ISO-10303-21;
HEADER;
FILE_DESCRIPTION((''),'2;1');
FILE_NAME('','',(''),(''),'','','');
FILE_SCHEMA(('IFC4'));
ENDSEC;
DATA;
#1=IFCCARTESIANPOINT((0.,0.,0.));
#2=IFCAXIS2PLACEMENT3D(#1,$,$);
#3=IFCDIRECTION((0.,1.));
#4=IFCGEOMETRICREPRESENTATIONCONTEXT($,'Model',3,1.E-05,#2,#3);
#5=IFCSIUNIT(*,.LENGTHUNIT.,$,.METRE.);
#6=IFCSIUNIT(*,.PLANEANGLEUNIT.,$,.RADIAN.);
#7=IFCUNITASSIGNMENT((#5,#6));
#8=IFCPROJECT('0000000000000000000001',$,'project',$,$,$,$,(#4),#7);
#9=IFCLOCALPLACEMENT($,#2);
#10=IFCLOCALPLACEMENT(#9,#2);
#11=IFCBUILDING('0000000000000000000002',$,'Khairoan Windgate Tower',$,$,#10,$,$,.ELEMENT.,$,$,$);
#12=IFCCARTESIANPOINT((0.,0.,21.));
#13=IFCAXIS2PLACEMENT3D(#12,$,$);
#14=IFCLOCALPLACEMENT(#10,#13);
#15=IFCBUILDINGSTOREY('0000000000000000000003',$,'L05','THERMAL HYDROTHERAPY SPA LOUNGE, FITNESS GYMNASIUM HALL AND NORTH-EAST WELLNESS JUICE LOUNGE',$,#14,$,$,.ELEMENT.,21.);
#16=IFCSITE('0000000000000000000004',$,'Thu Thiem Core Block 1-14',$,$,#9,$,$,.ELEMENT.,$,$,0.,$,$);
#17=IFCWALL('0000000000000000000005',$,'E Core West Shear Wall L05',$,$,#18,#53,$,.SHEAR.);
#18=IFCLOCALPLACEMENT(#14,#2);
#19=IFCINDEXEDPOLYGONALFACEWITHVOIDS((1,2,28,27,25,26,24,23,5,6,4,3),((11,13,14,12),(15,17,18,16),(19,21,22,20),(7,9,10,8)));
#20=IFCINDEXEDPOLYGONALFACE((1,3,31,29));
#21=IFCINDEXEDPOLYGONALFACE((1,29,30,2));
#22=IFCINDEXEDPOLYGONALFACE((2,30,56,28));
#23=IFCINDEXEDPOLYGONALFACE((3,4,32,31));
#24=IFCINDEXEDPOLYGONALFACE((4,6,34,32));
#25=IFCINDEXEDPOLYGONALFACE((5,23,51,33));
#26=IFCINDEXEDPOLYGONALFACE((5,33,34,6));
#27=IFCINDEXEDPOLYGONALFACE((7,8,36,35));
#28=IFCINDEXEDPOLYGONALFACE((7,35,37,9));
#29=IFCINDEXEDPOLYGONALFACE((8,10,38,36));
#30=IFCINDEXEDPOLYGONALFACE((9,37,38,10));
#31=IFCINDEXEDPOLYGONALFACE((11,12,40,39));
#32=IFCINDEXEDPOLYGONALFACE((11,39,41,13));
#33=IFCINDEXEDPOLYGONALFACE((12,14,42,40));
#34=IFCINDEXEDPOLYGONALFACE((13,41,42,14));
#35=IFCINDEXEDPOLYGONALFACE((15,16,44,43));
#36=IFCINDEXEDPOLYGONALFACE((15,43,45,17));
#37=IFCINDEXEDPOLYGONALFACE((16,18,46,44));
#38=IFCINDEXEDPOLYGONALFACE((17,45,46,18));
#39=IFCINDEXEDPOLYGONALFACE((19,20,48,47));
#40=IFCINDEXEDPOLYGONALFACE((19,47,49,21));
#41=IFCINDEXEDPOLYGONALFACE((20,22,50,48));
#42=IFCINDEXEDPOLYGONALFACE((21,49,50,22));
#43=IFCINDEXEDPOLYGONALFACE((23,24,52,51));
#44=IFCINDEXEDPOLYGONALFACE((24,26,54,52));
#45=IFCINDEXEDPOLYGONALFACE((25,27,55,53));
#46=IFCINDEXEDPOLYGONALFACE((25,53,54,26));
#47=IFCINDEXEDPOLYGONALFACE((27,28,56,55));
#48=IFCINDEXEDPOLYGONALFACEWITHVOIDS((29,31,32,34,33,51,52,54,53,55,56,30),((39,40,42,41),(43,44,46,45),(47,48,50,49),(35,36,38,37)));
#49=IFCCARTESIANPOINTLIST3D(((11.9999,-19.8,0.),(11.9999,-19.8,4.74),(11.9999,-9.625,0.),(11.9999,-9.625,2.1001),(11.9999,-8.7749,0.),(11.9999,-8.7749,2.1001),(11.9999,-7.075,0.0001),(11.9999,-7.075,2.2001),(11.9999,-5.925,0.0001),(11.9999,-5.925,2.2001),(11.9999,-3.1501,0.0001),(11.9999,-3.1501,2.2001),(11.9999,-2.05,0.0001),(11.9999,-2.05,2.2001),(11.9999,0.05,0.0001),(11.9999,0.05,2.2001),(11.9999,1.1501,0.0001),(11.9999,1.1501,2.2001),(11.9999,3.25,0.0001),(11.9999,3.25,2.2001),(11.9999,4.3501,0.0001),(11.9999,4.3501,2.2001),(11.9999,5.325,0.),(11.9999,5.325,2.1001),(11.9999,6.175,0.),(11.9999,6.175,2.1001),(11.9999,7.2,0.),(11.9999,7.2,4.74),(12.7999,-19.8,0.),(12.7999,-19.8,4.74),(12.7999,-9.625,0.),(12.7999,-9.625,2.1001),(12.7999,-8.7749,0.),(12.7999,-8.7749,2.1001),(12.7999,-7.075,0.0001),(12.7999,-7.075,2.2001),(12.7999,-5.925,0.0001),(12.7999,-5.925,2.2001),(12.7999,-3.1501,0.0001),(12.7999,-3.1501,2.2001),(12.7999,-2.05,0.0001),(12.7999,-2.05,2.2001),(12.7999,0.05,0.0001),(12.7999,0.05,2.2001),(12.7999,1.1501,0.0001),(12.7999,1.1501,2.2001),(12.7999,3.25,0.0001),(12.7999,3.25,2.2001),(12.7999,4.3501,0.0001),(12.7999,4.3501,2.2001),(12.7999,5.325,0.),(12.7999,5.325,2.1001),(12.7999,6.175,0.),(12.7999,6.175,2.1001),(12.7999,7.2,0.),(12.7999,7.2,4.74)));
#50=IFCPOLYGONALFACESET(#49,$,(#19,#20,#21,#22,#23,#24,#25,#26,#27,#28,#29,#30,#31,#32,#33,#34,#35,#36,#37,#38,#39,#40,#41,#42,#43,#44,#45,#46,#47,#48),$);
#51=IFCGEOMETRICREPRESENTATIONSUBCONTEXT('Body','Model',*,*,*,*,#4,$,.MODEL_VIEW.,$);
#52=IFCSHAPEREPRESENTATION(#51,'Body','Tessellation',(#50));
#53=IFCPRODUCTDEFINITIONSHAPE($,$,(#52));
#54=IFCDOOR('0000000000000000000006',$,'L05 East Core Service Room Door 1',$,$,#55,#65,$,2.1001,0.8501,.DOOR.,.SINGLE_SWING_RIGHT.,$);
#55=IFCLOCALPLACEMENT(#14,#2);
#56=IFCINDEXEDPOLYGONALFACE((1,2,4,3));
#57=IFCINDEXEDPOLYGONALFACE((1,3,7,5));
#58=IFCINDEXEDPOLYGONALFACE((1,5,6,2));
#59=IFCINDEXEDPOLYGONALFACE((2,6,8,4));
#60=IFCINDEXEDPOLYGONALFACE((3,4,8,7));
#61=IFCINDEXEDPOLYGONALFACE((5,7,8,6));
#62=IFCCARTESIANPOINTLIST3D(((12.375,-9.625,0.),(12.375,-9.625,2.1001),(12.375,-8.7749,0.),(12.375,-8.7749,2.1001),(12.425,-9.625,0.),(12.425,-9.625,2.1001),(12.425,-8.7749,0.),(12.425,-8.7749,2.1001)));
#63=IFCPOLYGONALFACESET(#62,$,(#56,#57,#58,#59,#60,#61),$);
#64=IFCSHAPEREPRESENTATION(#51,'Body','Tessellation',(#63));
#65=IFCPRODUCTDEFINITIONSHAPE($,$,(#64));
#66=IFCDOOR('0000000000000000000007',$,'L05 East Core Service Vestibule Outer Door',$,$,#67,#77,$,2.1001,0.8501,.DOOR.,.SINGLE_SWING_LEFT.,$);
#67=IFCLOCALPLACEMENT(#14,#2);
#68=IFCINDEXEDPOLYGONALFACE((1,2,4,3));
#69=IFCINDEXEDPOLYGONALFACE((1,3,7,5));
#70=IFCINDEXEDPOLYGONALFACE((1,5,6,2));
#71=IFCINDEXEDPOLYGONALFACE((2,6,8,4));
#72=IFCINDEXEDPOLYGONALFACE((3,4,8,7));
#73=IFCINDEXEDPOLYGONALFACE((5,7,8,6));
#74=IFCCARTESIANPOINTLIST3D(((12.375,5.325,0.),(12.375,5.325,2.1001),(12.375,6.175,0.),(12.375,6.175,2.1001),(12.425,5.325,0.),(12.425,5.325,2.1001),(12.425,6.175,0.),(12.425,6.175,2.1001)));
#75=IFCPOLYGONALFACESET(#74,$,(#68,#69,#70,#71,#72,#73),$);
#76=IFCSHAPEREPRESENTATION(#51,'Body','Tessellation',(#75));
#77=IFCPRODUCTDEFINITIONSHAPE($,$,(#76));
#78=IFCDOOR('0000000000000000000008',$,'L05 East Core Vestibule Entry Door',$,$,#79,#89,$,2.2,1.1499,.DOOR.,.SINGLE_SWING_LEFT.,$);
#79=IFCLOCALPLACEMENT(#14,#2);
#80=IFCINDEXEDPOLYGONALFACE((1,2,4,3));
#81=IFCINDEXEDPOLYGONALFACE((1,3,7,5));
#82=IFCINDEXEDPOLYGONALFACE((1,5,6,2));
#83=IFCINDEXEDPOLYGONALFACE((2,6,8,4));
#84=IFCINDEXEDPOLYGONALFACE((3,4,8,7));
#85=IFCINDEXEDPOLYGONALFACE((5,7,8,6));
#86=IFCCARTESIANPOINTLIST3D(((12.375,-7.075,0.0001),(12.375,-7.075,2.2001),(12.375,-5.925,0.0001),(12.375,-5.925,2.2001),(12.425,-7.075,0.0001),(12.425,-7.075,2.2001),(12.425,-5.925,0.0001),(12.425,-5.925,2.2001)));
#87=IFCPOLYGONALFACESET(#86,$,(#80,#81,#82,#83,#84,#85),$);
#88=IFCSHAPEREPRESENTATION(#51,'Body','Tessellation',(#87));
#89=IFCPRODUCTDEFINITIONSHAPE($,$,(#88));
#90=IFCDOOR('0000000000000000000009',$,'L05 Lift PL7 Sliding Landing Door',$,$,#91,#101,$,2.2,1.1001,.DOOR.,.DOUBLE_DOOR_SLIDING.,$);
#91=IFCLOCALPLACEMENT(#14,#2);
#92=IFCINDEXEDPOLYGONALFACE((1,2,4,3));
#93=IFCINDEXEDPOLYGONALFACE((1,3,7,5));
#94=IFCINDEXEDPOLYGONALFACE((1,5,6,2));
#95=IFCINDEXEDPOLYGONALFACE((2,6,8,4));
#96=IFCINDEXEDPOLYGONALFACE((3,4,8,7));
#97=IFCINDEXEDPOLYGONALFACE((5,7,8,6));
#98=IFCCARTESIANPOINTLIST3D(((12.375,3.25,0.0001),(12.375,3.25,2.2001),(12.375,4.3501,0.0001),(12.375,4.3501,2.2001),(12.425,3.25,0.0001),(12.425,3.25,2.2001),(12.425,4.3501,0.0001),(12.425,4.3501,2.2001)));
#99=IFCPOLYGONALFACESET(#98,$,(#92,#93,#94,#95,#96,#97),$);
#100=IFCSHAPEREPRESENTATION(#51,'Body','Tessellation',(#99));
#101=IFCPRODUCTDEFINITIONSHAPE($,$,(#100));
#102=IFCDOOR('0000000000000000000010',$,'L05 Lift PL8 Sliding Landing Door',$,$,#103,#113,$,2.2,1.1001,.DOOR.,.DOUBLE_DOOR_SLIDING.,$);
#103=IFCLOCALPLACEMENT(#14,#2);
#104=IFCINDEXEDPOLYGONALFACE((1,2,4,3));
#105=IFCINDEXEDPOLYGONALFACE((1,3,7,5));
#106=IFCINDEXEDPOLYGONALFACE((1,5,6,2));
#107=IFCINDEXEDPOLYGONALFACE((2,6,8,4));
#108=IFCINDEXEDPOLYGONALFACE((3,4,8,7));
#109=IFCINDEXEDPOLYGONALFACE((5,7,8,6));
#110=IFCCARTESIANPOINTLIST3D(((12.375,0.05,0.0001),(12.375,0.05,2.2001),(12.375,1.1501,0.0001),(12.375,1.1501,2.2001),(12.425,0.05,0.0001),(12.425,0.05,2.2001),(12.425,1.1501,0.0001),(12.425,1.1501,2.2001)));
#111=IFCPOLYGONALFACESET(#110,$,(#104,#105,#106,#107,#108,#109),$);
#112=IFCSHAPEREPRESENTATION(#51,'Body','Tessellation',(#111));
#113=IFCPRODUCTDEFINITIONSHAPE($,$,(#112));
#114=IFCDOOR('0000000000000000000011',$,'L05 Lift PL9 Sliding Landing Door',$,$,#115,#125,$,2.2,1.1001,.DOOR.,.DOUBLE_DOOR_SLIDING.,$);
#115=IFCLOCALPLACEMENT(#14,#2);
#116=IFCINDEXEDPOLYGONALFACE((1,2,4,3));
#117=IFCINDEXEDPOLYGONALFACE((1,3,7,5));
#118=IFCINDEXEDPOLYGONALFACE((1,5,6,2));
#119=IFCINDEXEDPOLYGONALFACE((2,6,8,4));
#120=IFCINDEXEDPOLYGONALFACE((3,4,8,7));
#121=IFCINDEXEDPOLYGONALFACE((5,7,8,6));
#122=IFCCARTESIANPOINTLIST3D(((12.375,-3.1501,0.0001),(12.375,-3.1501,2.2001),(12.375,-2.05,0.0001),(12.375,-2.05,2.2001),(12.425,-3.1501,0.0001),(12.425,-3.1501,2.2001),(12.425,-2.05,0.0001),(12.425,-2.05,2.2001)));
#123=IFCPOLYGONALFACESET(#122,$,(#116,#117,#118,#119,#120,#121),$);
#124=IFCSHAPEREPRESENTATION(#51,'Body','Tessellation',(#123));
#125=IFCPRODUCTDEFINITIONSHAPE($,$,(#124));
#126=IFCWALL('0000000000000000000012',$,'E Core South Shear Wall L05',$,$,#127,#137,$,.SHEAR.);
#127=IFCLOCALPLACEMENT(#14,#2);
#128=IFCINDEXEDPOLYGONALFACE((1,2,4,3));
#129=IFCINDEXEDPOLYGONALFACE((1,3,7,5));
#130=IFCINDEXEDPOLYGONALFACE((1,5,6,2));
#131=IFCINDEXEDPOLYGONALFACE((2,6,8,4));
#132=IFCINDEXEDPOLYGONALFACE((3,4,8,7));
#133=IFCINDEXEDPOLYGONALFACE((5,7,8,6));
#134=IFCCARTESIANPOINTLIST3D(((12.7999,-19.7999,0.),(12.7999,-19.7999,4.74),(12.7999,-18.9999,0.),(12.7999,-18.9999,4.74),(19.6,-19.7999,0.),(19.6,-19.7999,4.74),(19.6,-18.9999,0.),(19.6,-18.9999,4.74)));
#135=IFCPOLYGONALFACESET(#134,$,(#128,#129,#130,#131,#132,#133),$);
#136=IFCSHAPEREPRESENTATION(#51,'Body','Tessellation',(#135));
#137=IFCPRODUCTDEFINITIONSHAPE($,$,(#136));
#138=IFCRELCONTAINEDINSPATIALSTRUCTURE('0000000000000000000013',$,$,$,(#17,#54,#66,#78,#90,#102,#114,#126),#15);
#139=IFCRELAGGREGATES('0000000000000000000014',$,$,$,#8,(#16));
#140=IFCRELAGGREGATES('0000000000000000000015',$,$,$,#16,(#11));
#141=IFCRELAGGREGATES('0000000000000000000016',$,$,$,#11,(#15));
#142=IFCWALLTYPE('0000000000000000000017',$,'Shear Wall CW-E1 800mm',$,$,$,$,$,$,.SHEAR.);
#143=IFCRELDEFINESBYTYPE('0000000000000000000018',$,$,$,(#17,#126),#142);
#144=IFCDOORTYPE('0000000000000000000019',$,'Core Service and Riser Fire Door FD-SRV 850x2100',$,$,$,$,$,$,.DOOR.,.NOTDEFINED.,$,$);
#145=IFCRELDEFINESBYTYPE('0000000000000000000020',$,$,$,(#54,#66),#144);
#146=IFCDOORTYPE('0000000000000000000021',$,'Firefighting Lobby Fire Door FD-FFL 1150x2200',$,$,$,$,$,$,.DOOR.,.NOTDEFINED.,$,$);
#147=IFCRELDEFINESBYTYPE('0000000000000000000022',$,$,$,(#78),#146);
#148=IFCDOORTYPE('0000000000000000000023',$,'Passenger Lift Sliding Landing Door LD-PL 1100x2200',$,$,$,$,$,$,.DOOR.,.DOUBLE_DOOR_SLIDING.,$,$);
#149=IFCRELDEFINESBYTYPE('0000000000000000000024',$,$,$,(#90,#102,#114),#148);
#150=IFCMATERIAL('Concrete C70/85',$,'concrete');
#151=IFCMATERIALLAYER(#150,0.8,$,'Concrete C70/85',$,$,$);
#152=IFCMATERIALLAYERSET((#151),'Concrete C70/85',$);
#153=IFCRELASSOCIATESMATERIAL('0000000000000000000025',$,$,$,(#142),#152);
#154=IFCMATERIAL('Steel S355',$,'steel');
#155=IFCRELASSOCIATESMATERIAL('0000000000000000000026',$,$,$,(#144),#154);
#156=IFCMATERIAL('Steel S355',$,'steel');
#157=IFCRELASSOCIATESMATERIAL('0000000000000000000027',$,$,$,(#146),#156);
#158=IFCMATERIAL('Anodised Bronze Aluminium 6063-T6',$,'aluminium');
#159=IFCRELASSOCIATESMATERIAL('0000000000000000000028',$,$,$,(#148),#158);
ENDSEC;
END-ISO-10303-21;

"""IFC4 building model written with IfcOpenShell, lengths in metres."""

from ifc_helpers import new_model, si_unit, direction, frame, frame_2d, origin, place, context, subcontext, project, spatial, rectangle, extrude, material, layer, layer_set, type_object, element, fill, save


model = new_model("IFC4")

# Units and contexts
model_context = context("Model", 3, precision=1e-05, world=origin(), true_north=direction((0.0, 1.0)))
body_context = subcontext(model_context, "Body", "Model", "MODEL_VIEW")
ifc_project = project(units=[si_unit("LENGTHUNIT", "METRE"), si_unit("PLANEANGLEUNIT", "RADIAN")], contexts=[model_context])

# Site, building, storey
site_placement = place(None, origin())
site = spatial("IfcSite", under=ifc_project, at=site_placement, Name="Thu Thiem Core Block 1-14", CompositionType="ELEMENT", RefElevation=0.0)
building_placement = place(site_placement, origin())
building = spatial("IfcBuilding", under=site, at=building_placement, Name="Khairoan Windgate Tower", CompositionType="ELEMENT")
storey_placement = place(building_placement, frame((0.0, 0.0, 21.0)))
storey = spatial("IfcBuildingStorey", under=building, at=storey_placement, Name="L05", Description="THERMAL HYDROTHERAPY SPA LOUNGE, FITNESS GYMNASIUM HALL AND NORTH-EAST WELLNESS JUICE LOUNGE", CompositionType="ELEMENT", Elevation=21.0)

# Wall, openings, doors
ifc_material_1 = material(Name="Concrete C70/85", Category="concrete")
ifc_layer_1 = layer(ifc_material_1, 0.8, Name="Concrete C70/85")
ifc_layer_set_1 = layer_set([ifc_layer_1], Name="Concrete C70/85")
wall_type_1 = type_object("IfcWallType", Name="Shear Wall CW-E1 800mm", PredefinedType="SHEAR", material=ifc_layer_set_1)
wall_1_placement = place(storey_placement, frame((12.3999, -19.8, 0.0), z_axis=(0.0, 0.0, 1.0), x_axis=(0.0, 1.0, 0.0)))
wall_1 = element("IfcWall", 1, at=wall_1_placement, inside=storey, type_object=wall_type_1, Name="E Core West Shear Wall L05", PredefinedType="SHEAR", context=body_context, shape_type="SweptSolid", body=[
    extrude(rectangle(XDim=27.0, YDim=0.8, at=frame_2d((13.5, 0.0))), origin(), (0.0, 0.0, 1.0), 4.74),
])
opening_1_placement = place(wall_1_placement, frame((23.05, 0.0, 0.0)))
opening_1 = element("IfcOpeningElement", 2, at=opening_1_placement, cuts=wall_1, PredefinedType="OPENING", context=body_context, shape_type="SweptSolid", body=[
    extrude(rectangle(XDim=1.1001, YDim=2.2, at=frame_2d((0.55, 1.1001))), frame((0.0, 0.4099, 0.0), z_axis=(0.0, -1.0, 0.0), x_axis=(1.0, 0.0, 0.0)), (0.0, 0.0, 1.0), 0.8201),
])
opening_2_placement = place(wall_1_placement, frame((19.8501, 0.0, 0.0)))
opening_2 = element("IfcOpeningElement", 3, at=opening_2_placement, cuts=wall_1, PredefinedType="OPENING", context=body_context, shape_type="SweptSolid", body=[
    extrude(rectangle(XDim=1.1001, YDim=2.2, at=frame_2d((0.55, 1.1001))), frame((0.0, 0.4099, 0.0), z_axis=(0.0, -1.0, 0.0), x_axis=(1.0, 0.0, 0.0)), (0.0, 0.0, 1.0), 0.8201),
])
opening_3_placement = place(wall_1_placement, frame((16.6499, 0.0, 0.0)))
opening_3 = element("IfcOpeningElement", 4, at=opening_3_placement, cuts=wall_1, PredefinedType="OPENING", context=body_context, shape_type="SweptSolid", body=[
    extrude(rectangle(XDim=1.1001, YDim=2.2, at=frame_2d((0.55, 1.1001))), frame((0.0, 0.4099, 0.0), z_axis=(0.0, -1.0, 0.0), x_axis=(1.0, 0.0, 0.0)), (0.0, 0.0, 1.0), 0.8201),
])
opening_4_placement = place(wall_1_placement, frame((10.175, 0.0, 0.0)))
opening_4 = element("IfcOpeningElement", 5, at=opening_4_placement, cuts=wall_1, PredefinedType="OPENING", context=body_context, shape_type="SweptSolid", body=[
    extrude(rectangle(XDim=0.8501, YDim=2.1001, at=frame_2d((0.425, 1.05))), frame((0.0, 0.4099, 0.0), z_axis=(0.0, -1.0, 0.0), x_axis=(1.0, 0.0, 0.0)), (0.0, 0.0, 1.0), 0.8201),
])
opening_5_placement = place(wall_1_placement, frame((12.7251, 0.0, 0.0)))
opening_5 = element("IfcOpeningElement", 6, at=opening_5_placement, cuts=wall_1, PredefinedType="OPENING", context=body_context, shape_type="SweptSolid", body=[
    extrude(rectangle(XDim=1.1499, YDim=2.2, at=frame_2d((0.575, 1.1001))), frame((0.0, 0.4099, 0.0), z_axis=(0.0, -1.0, 0.0), x_axis=(1.0, 0.0, 0.0)), (0.0, 0.0, 1.0), 0.8201),
])
opening_6_placement = place(wall_1_placement, frame((25.125, 0.0, 0.0)))
opening_6 = element("IfcOpeningElement", 7, at=opening_6_placement, cuts=wall_1, PredefinedType="OPENING", context=body_context, shape_type="SweptSolid", body=[
    extrude(rectangle(XDim=0.8501, YDim=2.1001, at=frame_2d((0.425, 1.05))), frame((0.0, 0.4099, 0.0), z_axis=(0.0, -1.0, 0.0), x_axis=(1.0, 0.0, 0.0)), (0.0, 0.0, 1.0), 0.8201),
])
ifc_material_2 = material(Name="Steel S355", Category="steel")
door_type_1 = type_object("IfcDoorType", Name="Core Service and Riser Fire Door FD-SRV 850x2100", OperationType="NOTDEFINED", PredefinedType="DOOR", material=ifc_material_2)
door_1_placement = place(opening_4_placement, origin())
door_1 = element("IfcDoor", 8, at=door_1_placement, inside=storey, type_object=door_type_1, Name="L05 East Core Service Room Door 1", OperationType="SINGLE_SWING_RIGHT", OverallHeight=2.1001, OverallWidth=0.8501, PredefinedType="DOOR", context=body_context, shape_type="SweptSolid", body=[
    extrude(rectangle(XDim=0.8501, YDim=2.1001, at=frame_2d((0.425, 1.05))), frame((0.0, 0.0249, 0.0), z_axis=(0.0, -1.0, 0.0), x_axis=(1.0, 0.0, 0.0)), (0.0, 0.0, 1.0), 0.05),
])
fill(opening_4, door_1)
door_2_placement = place(opening_6_placement, origin())
door_2 = element("IfcDoor", 9, at=door_2_placement, inside=storey, type_object=door_type_1, Name="L05 East Core Service Vestibule Outer Door", OperationType="SINGLE_SWING_LEFT", OverallHeight=2.1001, OverallWidth=0.8501, PredefinedType="DOOR", context=body_context, shape_type="SweptSolid", body=[
    extrude(rectangle(XDim=0.8501, YDim=2.1001, at=frame_2d((0.425, 1.05))), frame((0.0, 0.0249, 0.0), z_axis=(0.0, -1.0, 0.0), x_axis=(1.0, 0.0, 0.0)), (0.0, 0.0, 1.0), 0.05),
])
fill(opening_6, door_2)
ifc_material_3 = material(Name="Steel S355", Category="steel")
door_type_2 = type_object("IfcDoorType", Name="Firefighting Lobby Fire Door FD-FFL 1150x2200", OperationType="NOTDEFINED", PredefinedType="DOOR", material=ifc_material_3)
door_3_placement = place(opening_5_placement, origin())
door_3 = element("IfcDoor", 10, at=door_3_placement, inside=storey, type_object=door_type_2, Name="L05 East Core Vestibule Entry Door", OperationType="SINGLE_SWING_LEFT", OverallHeight=2.2, OverallWidth=1.1499, PredefinedType="DOOR", context=body_context, shape_type="SweptSolid", body=[
    extrude(rectangle(XDim=1.1499, YDim=2.2, at=frame_2d((0.575, 1.1001))), frame((0.0, 0.0249, 0.0), z_axis=(0.0, -1.0, 0.0), x_axis=(1.0, 0.0, 0.0)), (0.0, 0.0, 1.0), 0.05),
])
fill(opening_5, door_3)
ifc_material_4 = material(Name="Anodised Bronze Aluminium 6063-T6", Category="aluminium")
door_type_3 = type_object("IfcDoorType", Name="Passenger Lift Sliding Landing Door LD-PL 1100x2200", OperationType="DOUBLE_DOOR_SLIDING", PredefinedType="DOOR", material=ifc_material_4)
door_4_placement = place(opening_1_placement, origin())
door_4 = element("IfcDoor", 11, at=door_4_placement, inside=storey, type_object=door_type_3, Name="L05 Lift PL7 Sliding Landing Door", OperationType="DOUBLE_DOOR_SLIDING", OverallHeight=2.2, OverallWidth=1.1001, PredefinedType="DOOR", context=body_context, shape_type="SweptSolid", body=[
    extrude(rectangle(XDim=1.1001, YDim=2.2, at=frame_2d((0.55, 1.1001))), frame((0.0, 0.0249, 0.0), z_axis=(0.0, -1.0, 0.0), x_axis=(1.0, 0.0, 0.0)), (0.0, 0.0, 1.0), 0.05),
])
fill(opening_1, door_4)
door_5_placement = place(opening_2_placement, origin())
door_5 = element("IfcDoor", 12, at=door_5_placement, inside=storey, type_object=door_type_3, Name="L05 Lift PL8 Sliding Landing Door", OperationType="DOUBLE_DOOR_SLIDING", OverallHeight=2.2, OverallWidth=1.1001, PredefinedType="DOOR", context=body_context, shape_type="SweptSolid", body=[
    extrude(rectangle(XDim=1.1001, YDim=2.2, at=frame_2d((0.55, 1.1001))), frame((0.0, 0.0249, 0.0), z_axis=(0.0, -1.0, 0.0), x_axis=(1.0, 0.0, 0.0)), (0.0, 0.0, 1.0), 0.05),
])
fill(opening_2, door_5)
door_6_placement = place(opening_3_placement, origin())
door_6 = element("IfcDoor", 13, at=door_6_placement, inside=storey, type_object=door_type_3, Name="L05 Lift PL9 Sliding Landing Door", OperationType="DOUBLE_DOOR_SLIDING", OverallHeight=2.2, OverallWidth=1.1001, PredefinedType="DOOR", context=body_context, shape_type="SweptSolid", body=[
    extrude(rectangle(XDim=1.1001, YDim=2.2, at=frame_2d((0.55, 1.1001))), frame((0.0, 0.0249, 0.0), z_axis=(0.0, -1.0, 0.0), x_axis=(1.0, 0.0, 0.0)), (0.0, 0.0, 1.0), 0.05),
])
fill(opening_3, door_6)

# Wall
wall_2_placement = place(storey_placement, frame((12.8, -19.3999, 0.0), z_axis=(0.0, 0.0, 1.0), x_axis=(1.0, 0.0, 0.0)))
element("IfcWall", 14, at=wall_2_placement, inside=storey, type_object=wall_type_1, Name="E Core South Shear Wall L05", PredefinedType="SHEAR", context=body_context, shape_type="SweptSolid", body=[
    extrude(rectangle(XDim=6.8, YDim=0.8, at=frame_2d((3.3999, 0.0))), origin(), (0.0, 0.0, 1.0), 4.74),
])

save(model, "model.ifc")
